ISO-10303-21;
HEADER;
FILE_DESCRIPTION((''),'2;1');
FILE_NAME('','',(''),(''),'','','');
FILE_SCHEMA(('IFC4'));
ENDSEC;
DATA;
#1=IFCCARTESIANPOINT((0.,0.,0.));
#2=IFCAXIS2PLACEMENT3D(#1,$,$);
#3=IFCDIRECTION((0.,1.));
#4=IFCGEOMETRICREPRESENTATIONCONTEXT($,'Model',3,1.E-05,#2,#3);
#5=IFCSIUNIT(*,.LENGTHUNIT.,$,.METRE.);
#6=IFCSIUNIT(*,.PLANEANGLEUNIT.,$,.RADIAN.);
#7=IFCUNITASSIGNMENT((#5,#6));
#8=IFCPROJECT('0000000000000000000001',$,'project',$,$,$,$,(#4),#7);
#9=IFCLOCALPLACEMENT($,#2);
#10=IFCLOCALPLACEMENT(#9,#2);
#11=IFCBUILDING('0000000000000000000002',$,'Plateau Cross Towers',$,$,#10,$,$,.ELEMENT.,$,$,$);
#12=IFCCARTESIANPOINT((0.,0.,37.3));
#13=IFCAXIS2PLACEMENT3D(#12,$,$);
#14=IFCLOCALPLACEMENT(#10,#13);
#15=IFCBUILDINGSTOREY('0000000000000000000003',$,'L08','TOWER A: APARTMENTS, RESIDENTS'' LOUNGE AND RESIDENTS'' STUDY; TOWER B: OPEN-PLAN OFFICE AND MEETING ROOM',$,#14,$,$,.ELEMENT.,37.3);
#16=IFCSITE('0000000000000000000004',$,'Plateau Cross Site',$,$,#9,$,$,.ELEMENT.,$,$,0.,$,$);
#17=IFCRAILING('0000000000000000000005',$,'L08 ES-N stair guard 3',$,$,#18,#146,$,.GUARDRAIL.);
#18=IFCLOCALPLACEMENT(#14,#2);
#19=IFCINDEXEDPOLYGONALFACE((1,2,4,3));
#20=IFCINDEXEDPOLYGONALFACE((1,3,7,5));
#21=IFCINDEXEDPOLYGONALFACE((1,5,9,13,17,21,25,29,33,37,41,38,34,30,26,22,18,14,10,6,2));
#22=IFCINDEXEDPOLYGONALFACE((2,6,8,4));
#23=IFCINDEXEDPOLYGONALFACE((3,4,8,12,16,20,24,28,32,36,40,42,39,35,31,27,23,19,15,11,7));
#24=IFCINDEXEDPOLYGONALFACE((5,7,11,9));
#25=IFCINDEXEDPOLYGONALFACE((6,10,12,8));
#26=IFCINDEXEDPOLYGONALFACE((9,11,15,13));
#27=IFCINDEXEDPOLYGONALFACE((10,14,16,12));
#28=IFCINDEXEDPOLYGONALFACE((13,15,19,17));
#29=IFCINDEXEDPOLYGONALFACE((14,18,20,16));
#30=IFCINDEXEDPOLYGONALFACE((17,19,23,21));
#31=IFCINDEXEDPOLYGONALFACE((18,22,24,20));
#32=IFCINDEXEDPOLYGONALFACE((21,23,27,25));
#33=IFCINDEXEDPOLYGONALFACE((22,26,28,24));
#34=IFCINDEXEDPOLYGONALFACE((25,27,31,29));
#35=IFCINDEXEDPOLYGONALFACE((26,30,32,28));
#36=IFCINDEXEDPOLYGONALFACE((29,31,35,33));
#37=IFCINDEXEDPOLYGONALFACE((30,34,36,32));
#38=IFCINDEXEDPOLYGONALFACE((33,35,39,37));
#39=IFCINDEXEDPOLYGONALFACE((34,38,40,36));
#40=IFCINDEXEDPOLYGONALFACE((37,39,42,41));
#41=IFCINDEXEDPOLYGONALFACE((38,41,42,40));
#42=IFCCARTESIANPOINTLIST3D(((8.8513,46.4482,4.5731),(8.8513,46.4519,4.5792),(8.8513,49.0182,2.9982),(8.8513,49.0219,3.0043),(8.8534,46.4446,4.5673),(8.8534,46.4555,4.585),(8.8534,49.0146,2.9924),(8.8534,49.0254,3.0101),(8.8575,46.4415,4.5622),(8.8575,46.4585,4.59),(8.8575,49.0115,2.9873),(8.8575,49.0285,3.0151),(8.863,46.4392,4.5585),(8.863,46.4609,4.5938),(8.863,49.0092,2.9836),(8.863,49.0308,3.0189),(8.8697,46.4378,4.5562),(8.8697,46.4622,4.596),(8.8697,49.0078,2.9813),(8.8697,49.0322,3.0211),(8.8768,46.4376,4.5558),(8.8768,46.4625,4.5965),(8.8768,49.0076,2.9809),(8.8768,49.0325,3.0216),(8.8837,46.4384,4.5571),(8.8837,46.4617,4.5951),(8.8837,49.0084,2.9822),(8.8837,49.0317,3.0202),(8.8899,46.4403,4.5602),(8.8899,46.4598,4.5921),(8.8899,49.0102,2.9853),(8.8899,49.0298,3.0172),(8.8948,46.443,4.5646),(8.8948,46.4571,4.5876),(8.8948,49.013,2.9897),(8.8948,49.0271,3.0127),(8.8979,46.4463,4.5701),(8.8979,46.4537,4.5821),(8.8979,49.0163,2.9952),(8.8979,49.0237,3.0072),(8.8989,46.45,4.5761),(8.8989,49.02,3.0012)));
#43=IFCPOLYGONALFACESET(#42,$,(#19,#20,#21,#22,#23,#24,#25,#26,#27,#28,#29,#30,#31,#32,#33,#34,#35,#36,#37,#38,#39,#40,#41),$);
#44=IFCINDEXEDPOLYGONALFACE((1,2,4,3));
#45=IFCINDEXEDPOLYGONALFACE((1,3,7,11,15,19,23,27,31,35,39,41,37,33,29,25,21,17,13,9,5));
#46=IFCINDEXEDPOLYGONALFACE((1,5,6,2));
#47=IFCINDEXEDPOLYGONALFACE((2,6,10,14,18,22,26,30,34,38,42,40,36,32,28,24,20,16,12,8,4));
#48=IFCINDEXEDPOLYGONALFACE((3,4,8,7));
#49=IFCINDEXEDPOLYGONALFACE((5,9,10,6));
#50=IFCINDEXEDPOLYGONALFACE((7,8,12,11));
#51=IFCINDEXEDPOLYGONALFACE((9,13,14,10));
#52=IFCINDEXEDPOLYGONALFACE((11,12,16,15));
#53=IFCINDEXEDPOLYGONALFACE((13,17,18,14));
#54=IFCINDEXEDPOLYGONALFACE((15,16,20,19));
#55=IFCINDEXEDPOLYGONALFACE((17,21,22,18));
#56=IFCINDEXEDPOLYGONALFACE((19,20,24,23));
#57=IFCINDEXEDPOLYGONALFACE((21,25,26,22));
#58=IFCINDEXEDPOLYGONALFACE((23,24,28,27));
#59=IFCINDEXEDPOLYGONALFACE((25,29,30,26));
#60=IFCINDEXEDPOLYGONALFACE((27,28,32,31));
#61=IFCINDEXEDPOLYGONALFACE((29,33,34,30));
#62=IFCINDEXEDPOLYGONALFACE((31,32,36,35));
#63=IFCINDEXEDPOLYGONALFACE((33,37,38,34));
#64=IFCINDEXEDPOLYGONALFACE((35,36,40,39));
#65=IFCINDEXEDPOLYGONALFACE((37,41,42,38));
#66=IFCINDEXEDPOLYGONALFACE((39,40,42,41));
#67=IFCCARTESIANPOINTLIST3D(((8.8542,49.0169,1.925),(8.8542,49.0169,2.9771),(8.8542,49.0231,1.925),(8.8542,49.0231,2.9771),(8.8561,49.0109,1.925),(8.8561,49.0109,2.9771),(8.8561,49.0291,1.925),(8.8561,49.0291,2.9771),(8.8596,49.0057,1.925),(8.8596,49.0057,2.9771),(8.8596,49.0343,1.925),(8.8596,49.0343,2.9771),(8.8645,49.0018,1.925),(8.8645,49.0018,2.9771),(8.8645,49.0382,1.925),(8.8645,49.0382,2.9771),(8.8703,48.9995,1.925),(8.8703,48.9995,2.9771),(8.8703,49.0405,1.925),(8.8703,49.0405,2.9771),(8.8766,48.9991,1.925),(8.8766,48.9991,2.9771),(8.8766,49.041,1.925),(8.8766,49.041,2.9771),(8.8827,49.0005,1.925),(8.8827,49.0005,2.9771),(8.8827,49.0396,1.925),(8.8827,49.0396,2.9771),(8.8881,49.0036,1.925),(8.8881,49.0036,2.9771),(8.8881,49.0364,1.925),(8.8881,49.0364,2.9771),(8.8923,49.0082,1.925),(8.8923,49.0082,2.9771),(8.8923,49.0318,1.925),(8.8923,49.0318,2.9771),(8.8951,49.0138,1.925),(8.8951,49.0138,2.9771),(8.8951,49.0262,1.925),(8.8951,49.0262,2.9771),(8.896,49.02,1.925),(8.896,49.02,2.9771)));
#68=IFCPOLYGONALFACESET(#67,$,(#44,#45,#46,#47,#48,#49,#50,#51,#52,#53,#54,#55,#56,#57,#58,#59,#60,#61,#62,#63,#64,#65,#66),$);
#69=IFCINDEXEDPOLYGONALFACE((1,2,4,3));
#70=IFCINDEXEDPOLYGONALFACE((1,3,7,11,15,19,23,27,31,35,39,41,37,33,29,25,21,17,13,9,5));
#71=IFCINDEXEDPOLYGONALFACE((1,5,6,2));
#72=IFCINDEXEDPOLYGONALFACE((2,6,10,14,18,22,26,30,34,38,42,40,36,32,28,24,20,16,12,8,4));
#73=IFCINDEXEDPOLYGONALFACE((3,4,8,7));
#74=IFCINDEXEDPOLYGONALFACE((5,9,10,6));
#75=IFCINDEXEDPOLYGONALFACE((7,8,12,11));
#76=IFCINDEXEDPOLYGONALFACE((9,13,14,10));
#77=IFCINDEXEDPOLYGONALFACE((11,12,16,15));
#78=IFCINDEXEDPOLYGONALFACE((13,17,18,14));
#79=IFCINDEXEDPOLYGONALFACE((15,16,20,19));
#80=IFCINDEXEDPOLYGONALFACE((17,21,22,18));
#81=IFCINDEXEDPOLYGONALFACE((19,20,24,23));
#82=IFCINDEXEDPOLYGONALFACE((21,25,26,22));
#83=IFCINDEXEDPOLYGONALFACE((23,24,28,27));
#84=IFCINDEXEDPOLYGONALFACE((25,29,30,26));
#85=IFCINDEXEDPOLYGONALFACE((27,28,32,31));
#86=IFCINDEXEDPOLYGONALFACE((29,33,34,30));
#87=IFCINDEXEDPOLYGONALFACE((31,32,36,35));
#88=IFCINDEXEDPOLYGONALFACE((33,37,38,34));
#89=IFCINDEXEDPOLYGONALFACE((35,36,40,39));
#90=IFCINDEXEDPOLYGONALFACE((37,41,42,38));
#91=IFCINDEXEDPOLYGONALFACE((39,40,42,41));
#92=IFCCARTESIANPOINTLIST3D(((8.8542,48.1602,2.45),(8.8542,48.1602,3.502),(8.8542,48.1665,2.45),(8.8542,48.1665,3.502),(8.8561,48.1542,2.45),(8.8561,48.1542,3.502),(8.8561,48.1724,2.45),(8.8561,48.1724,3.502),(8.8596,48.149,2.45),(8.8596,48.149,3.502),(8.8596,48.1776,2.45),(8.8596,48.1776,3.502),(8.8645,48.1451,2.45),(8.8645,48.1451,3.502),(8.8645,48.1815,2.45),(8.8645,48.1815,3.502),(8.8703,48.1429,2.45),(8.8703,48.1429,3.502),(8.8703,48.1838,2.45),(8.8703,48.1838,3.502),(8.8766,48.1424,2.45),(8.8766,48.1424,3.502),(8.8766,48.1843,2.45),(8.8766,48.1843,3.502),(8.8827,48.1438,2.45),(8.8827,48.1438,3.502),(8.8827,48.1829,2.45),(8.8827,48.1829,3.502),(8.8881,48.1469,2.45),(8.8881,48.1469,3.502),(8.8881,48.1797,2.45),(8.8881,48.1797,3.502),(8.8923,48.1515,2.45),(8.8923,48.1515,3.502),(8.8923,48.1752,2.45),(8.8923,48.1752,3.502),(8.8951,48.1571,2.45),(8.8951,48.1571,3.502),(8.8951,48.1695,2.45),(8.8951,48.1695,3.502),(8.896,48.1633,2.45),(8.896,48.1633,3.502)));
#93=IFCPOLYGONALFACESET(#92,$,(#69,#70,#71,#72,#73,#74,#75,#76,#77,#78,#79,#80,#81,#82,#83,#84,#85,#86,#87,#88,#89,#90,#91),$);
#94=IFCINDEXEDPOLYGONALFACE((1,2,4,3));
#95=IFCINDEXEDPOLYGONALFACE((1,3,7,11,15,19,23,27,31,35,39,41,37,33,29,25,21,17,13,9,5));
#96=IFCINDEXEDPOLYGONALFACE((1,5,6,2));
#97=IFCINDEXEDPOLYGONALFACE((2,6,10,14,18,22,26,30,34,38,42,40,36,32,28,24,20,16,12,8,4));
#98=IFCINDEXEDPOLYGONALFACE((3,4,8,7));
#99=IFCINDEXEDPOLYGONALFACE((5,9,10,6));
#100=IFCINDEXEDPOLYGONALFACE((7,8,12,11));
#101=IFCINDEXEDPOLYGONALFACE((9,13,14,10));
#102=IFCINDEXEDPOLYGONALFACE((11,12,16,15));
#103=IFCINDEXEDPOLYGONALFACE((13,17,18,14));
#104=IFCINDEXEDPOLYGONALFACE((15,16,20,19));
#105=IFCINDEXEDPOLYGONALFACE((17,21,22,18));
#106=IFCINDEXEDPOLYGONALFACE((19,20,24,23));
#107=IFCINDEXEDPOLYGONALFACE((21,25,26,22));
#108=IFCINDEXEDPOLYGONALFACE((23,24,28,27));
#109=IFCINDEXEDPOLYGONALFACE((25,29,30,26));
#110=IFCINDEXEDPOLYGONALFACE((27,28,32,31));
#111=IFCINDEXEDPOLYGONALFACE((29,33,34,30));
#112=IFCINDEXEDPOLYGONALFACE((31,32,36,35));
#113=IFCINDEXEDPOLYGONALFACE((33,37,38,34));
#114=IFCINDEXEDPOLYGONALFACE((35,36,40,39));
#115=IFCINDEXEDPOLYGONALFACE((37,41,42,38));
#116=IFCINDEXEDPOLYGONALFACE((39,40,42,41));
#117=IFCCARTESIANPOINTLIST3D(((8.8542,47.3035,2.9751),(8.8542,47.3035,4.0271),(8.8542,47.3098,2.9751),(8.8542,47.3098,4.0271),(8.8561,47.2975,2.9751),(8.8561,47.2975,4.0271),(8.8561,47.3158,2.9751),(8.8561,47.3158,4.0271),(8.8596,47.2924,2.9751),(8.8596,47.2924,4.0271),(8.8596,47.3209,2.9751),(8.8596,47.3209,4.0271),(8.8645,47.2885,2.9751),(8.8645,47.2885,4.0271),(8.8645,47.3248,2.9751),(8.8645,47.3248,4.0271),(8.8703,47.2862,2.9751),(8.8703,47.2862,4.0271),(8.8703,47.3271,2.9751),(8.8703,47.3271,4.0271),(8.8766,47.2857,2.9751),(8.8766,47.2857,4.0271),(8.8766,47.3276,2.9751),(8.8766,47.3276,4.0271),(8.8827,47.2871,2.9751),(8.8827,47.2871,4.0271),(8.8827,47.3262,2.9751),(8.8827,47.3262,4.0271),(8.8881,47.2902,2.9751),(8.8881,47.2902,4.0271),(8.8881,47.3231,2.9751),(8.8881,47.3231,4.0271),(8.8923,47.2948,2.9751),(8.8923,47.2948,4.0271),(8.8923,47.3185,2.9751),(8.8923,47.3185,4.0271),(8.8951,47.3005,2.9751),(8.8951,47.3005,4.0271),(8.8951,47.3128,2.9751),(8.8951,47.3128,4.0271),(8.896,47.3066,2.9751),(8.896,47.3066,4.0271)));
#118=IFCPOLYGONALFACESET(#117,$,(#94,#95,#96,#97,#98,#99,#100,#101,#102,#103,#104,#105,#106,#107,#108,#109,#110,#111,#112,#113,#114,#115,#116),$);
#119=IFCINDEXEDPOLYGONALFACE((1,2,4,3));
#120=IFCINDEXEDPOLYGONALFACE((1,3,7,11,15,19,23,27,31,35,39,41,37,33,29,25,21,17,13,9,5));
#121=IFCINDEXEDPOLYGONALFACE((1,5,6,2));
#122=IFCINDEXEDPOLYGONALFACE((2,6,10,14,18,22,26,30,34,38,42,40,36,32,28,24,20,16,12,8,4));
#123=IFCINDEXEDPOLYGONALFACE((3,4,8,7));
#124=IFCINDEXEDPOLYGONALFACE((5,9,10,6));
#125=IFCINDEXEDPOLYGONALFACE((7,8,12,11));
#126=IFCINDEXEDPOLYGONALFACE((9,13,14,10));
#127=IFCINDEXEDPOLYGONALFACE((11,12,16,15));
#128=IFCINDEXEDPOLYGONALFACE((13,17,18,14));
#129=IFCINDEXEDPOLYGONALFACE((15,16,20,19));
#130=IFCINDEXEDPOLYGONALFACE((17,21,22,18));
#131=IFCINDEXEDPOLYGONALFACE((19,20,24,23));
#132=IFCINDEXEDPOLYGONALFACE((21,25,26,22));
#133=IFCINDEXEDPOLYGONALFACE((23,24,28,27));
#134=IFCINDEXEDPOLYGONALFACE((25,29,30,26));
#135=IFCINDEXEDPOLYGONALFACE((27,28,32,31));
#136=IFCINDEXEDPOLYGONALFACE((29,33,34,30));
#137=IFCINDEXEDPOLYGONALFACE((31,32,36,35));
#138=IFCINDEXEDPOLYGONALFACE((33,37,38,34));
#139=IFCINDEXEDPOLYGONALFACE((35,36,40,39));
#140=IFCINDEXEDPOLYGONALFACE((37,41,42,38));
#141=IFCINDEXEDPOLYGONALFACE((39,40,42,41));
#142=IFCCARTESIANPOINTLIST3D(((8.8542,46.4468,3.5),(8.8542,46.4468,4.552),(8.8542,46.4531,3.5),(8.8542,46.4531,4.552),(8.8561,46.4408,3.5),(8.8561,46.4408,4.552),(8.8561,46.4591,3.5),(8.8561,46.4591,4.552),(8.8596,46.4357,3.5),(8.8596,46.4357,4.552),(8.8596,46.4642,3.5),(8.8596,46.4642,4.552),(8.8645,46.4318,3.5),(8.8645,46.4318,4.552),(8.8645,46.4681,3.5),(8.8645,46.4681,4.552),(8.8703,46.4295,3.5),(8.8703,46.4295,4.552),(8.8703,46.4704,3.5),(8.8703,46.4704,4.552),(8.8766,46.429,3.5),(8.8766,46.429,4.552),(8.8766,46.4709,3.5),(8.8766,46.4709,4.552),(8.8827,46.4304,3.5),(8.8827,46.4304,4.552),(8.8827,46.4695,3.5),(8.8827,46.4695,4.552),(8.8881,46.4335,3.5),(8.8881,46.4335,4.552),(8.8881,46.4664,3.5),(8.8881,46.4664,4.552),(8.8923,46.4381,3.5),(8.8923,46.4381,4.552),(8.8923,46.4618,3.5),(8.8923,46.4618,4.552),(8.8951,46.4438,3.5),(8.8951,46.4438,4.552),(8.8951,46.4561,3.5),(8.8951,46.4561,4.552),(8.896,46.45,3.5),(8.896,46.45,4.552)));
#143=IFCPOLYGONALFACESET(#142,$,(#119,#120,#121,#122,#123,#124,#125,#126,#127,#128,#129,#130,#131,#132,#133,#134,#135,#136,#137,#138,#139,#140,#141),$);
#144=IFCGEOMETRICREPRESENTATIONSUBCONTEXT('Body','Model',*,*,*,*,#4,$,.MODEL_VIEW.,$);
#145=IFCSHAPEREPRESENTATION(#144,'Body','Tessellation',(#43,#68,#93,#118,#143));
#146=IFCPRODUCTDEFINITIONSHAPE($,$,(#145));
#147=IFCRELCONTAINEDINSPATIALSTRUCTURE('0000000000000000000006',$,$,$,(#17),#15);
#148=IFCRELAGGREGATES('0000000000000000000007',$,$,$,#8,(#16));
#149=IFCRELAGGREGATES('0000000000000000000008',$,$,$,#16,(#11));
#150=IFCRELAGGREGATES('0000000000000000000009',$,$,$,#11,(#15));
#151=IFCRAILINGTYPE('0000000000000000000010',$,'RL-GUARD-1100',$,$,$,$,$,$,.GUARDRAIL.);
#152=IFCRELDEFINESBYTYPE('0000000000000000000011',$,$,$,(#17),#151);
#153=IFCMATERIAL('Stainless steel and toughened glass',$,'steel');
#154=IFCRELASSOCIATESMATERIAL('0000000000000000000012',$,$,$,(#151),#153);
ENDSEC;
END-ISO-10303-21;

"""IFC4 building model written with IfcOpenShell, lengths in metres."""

from ifc_helpers import new_model, si_unit, direction, frame, origin, origin_2d, place, context, subcontext, project, spatial, circle, extrude, material, type_object, element, save


model = new_model("IFC4")

# Units and contexts
model_context = context("Model", 3, precision=1e-05, world=origin(), true_north=direction((0.0, 1.0)))
body_context = subcontext(model_context, "Body", "Model", "MODEL_VIEW")
ifc_project = project(units=[si_unit("LENGTHUNIT", "METRE"), si_unit("PLANEANGLEUNIT", "RADIAN")], contexts=[model_context])

# Site, building, storey
site_placement = place(None, origin())
site = spatial("IfcSite", under=ifc_project, at=site_placement, Name="Plateau Cross Site", CompositionType="ELEMENT", RefElevation=0.0)
building_placement = place(site_placement, origin())
building = spatial("IfcBuilding", under=site, at=building_placement, Name="Plateau Cross Towers", CompositionType="ELEMENT")
storey_placement = place(building_placement, frame((0.0, 0.0, 37.3)))
storey = spatial("IfcBuildingStorey", under=building, at=storey_placement, Name="L08", Description="TOWER A: APARTMENTS, RESIDENTS' LOUNGE AND RESIDENTS' STUDY; TOWER B: OPEN-PLAN OFFICE AND MEETING ROOM", CompositionType="ELEMENT", Elevation=37.3)

# Railing
ifc_material_1 = material(Name="Stainless steel and toughened glass", Category="steel")
railing_type_1 = type_object("IfcRailingType", Name="RL-GUARD-1100", PredefinedType="GUARDRAIL", material=ifc_material_1)
railing_1_placement = place(storey_placement, frame((8.875, 49.02, 1.925)))
element("IfcRailing", 1, at=railing_1_placement, inside=storey, type_object=railing_type_1, Name="L08 ES-N stair guard 3", PredefinedType="GUARDRAIL", context=body_context, shape_type="SweptSolid", body=[
    extrude(circle(Radius=0.0239, at=origin_2d()), frame((0.0, 0.0, 1.0762), z_axis=(0.0, -0.852639, 0.522501), x_axis=(1.0, 0.0, 0.0)), (0.0, 0.0, 1.0), 3.0142),
    extrude(circle(Radius=0.021, at=origin_2d()), origin(), (0.0, 0.0, 1.0), 1.052),
    extrude(circle(Radius=0.021, at=origin_2d()), frame((0.0, -0.8567, 0.5249)), (0.0, 0.0, 1.0), 1.052),
    extrude(circle(Radius=0.021, at=origin_2d()), frame((0.0, -1.7134, 1.05)), (0.0, 0.0, 1.0), 1.052),
    extrude(circle(Radius=0.021, at=origin_2d()), frame((0.0, -2.5701, 1.575)), (0.0, 0.0, 1.0), 1.052),
])

save(model, "model.ifc")
